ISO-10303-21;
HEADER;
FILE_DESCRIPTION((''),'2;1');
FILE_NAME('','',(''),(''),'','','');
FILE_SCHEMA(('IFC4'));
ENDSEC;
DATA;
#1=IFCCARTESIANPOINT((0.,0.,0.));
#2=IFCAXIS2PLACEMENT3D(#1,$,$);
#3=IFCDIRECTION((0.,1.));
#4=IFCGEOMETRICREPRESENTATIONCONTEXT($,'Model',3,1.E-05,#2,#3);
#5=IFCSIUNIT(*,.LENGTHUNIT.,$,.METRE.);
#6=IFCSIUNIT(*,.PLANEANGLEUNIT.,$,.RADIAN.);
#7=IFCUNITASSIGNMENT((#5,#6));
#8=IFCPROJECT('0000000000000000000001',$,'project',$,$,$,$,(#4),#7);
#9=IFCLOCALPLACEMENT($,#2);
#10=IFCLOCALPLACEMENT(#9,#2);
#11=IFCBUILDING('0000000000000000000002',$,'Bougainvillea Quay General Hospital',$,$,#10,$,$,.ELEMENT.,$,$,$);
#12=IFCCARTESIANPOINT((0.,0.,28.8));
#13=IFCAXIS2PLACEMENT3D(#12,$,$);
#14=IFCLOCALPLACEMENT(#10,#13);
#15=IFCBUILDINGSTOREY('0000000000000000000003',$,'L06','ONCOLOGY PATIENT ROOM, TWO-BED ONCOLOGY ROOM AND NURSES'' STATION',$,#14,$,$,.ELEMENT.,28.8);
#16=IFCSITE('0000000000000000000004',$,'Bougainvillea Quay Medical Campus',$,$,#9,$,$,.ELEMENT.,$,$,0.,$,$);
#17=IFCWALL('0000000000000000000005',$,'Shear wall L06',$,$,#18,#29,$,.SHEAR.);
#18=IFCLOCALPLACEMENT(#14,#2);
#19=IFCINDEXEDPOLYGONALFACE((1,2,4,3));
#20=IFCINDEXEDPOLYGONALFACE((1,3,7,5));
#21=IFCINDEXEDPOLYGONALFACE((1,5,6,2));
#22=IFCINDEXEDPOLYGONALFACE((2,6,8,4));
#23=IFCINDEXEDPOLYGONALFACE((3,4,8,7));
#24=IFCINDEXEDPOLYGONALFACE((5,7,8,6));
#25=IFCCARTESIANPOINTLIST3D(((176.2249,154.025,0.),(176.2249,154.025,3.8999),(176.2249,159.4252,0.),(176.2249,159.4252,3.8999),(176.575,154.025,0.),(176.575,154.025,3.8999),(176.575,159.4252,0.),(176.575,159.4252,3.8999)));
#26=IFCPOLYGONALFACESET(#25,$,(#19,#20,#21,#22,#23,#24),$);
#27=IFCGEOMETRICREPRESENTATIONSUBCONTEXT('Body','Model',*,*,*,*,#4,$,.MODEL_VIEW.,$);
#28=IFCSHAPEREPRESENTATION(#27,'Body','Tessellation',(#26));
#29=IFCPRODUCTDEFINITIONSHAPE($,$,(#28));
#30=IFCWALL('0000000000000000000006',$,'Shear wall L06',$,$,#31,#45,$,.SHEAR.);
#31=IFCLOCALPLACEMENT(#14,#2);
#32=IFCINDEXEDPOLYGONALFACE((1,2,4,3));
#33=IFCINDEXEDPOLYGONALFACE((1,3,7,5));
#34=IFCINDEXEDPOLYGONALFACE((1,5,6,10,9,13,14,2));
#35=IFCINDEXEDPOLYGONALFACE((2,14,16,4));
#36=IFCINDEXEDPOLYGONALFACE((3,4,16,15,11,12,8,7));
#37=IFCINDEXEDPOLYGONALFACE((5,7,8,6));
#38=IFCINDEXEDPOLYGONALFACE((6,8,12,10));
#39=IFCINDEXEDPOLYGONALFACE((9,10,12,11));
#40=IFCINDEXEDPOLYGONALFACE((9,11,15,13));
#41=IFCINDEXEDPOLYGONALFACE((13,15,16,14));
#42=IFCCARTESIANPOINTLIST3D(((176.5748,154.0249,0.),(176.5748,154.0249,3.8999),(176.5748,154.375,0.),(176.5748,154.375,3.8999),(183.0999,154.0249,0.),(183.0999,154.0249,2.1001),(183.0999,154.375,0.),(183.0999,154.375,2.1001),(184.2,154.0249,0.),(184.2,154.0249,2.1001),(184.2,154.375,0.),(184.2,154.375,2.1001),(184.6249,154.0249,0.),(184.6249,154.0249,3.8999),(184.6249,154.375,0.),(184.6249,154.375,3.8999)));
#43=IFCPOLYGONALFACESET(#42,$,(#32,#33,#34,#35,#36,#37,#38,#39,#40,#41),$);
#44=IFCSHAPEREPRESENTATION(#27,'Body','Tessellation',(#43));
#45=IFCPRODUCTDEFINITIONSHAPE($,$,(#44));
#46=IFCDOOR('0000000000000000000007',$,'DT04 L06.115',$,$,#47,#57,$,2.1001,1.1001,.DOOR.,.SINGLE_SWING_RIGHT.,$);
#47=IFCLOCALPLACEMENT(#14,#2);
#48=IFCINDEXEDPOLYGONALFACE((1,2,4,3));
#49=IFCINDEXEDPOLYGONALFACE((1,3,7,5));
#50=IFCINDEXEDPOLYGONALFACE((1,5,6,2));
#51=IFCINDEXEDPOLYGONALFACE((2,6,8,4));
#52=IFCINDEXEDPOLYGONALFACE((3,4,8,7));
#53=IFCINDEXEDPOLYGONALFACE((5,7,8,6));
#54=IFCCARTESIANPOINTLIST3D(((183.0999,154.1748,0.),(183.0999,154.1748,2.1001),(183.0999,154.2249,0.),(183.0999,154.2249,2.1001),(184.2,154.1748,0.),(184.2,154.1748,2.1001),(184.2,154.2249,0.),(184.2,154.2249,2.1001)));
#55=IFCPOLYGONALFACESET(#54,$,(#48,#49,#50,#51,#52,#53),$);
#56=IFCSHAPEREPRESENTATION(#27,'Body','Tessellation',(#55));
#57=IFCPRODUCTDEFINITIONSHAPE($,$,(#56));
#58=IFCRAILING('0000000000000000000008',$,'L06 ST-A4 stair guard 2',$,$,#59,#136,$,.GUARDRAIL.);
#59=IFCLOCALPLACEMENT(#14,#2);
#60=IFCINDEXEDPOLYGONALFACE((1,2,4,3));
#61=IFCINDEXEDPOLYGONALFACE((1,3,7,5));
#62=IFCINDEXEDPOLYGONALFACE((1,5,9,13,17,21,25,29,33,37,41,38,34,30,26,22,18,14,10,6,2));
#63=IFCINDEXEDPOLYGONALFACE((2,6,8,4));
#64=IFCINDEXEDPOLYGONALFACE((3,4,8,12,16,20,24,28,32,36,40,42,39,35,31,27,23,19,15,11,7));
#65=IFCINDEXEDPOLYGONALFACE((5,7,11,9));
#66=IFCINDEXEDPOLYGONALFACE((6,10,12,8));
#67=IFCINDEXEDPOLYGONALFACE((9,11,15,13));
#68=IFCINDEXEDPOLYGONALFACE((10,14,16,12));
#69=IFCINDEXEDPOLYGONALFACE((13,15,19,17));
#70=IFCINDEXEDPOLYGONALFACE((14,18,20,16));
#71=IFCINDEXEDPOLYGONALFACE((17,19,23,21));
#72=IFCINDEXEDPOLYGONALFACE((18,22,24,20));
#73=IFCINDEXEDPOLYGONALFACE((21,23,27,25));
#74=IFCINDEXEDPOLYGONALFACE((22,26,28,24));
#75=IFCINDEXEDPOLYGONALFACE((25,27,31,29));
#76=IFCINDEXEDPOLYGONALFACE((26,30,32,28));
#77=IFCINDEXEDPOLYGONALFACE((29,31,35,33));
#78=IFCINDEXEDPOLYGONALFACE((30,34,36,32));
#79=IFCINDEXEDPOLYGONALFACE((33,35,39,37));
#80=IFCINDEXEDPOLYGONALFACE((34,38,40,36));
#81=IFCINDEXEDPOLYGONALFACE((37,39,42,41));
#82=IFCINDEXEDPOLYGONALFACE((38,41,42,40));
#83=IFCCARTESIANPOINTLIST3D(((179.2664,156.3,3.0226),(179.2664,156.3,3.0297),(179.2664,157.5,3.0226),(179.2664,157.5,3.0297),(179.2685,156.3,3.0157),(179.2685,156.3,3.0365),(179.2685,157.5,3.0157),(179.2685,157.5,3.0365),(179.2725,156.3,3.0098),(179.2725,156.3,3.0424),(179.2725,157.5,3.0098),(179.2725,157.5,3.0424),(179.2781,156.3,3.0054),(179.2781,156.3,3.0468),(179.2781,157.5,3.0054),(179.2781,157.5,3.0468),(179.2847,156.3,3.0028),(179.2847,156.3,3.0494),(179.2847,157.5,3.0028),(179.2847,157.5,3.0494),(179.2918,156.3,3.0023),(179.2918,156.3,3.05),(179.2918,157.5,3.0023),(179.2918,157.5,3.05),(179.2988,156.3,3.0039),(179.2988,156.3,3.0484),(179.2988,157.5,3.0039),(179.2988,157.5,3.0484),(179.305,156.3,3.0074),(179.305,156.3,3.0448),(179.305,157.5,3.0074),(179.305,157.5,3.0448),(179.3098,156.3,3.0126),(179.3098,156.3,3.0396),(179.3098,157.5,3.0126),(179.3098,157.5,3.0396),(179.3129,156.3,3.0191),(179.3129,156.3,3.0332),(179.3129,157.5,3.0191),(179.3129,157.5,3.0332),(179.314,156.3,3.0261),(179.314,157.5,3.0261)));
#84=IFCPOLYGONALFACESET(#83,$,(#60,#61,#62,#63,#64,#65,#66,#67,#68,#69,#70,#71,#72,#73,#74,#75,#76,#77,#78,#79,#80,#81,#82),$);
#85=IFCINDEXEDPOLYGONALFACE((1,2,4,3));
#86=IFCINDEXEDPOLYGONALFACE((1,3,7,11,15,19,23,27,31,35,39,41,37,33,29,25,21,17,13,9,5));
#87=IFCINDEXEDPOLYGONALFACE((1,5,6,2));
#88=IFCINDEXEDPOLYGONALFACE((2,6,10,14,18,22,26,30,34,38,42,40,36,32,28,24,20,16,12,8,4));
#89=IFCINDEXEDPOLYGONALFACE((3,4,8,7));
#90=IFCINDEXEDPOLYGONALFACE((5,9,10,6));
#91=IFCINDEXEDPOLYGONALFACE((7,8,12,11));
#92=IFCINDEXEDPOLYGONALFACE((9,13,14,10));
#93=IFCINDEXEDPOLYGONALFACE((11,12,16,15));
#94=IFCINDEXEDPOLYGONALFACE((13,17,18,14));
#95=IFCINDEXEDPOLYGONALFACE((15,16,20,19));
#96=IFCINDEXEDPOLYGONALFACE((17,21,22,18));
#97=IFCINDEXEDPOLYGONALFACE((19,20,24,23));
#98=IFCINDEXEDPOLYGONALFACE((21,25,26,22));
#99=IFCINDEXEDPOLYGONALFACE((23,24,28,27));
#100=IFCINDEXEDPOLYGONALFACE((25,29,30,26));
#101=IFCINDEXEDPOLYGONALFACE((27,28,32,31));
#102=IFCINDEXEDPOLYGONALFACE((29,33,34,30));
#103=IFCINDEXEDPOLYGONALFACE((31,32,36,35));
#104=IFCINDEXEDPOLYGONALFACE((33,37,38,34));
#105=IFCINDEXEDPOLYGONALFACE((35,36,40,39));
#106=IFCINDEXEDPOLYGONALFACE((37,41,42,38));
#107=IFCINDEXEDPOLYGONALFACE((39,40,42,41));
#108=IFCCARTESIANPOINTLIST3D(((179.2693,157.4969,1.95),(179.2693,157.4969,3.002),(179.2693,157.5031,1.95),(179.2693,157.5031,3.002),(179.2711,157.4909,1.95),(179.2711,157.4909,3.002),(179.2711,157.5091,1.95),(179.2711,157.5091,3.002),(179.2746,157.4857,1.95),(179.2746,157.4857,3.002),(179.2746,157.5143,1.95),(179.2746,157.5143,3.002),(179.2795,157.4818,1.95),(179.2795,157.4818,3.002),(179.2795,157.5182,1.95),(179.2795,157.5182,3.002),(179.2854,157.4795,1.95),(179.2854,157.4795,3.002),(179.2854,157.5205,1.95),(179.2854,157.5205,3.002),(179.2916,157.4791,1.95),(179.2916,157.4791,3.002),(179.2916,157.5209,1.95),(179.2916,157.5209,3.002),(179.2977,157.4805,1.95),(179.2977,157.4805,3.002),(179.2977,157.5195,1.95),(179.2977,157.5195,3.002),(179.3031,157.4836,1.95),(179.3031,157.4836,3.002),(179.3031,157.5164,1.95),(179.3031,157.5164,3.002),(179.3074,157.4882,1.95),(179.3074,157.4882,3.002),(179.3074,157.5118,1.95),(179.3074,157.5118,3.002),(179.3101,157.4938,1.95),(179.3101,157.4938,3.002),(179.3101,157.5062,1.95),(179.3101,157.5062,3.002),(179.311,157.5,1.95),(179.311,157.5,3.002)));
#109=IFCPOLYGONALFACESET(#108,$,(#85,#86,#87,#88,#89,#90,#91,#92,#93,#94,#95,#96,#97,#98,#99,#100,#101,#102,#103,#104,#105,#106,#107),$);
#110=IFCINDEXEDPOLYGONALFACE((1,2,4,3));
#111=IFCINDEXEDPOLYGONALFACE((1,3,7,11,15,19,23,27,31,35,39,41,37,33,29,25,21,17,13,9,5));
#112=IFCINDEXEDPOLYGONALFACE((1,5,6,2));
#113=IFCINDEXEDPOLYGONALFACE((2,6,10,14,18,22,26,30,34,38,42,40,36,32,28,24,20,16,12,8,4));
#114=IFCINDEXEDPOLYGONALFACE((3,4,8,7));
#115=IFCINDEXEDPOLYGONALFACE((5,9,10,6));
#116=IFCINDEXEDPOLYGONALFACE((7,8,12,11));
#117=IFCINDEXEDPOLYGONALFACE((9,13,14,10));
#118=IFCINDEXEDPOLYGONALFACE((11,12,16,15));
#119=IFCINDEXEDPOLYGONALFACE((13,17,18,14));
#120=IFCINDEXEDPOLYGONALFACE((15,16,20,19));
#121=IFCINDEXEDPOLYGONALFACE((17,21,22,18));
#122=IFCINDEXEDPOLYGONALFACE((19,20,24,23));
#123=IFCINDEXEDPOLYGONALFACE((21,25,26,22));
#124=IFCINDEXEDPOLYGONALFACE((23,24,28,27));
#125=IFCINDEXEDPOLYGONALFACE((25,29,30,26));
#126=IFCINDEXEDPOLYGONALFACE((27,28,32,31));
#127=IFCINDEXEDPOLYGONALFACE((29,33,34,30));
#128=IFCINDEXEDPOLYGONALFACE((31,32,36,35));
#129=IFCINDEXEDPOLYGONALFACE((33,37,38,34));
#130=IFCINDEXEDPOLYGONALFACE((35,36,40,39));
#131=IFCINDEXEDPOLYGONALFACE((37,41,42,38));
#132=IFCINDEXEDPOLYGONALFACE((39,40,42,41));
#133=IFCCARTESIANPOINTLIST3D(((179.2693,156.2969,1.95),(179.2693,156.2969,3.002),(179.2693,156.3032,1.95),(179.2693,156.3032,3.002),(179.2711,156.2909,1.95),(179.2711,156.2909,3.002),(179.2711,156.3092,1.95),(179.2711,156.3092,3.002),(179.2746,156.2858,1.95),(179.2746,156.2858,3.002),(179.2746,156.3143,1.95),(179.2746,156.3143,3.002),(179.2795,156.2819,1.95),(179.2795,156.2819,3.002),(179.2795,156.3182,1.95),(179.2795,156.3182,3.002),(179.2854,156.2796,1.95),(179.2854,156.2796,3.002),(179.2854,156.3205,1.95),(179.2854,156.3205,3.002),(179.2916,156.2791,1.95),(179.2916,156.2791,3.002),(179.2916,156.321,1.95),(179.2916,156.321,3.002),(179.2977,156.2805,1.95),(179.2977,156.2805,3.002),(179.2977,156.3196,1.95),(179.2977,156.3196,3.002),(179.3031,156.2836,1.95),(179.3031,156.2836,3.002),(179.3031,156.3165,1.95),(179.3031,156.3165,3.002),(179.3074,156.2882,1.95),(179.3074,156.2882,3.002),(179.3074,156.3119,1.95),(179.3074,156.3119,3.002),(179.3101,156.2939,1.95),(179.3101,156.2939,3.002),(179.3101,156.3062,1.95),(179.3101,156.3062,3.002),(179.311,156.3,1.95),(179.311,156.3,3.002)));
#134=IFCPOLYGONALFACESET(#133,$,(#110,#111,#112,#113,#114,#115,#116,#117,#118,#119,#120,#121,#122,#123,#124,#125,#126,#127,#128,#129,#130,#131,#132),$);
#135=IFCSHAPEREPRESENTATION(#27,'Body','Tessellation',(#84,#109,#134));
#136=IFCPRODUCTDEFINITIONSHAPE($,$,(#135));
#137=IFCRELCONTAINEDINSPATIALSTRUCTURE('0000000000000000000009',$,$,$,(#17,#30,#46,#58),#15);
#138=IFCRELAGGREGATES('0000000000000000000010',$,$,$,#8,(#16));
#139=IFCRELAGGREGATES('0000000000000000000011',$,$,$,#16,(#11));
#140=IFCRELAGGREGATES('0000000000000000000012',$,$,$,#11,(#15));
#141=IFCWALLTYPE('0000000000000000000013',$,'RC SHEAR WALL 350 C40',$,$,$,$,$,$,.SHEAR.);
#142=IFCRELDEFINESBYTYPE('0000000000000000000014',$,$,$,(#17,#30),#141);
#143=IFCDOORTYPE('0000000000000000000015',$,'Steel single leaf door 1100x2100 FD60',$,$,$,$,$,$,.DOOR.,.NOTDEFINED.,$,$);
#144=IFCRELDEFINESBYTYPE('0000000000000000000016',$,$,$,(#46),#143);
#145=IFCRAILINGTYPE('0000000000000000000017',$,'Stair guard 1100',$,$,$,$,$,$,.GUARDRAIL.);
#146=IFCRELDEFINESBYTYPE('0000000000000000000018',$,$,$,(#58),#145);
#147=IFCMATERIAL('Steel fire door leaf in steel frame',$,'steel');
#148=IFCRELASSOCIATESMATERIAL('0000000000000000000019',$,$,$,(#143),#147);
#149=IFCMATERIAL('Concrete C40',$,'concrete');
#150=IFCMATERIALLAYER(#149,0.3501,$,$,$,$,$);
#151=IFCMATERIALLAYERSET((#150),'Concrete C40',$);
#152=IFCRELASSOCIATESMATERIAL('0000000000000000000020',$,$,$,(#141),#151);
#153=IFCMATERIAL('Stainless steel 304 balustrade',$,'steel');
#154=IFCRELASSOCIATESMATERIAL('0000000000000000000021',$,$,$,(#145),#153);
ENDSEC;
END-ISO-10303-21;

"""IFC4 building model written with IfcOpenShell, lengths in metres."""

from ifc_helpers import new_model, si_unit, direction, frame, frame_2d, origin, origin_2d, place, context, subcontext, project, spatial, rectangle, circle, extrude, material, layer, layer_set, type_object, element, fill, save


model = new_model("IFC4")

# Units and contexts
model_context = context("Model", 3, precision=1e-05, world=origin(), true_north=direction((0.0, 1.0)))
body_context = subcontext(model_context, "Body", "Model", "MODEL_VIEW")
ifc_project = project(units=[si_unit("LENGTHUNIT", "METRE"), si_unit("PLANEANGLEUNIT", "RADIAN")], contexts=[model_context])

# Site, building, storey
site_placement = place(None, origin())
site = spatial("IfcSite", under=ifc_project, at=site_placement, Name="Bougainvillea Quay Medical Campus", CompositionType="ELEMENT", RefElevation=0.0)
building_placement = place(site_placement, origin())
building = spatial("IfcBuilding", under=site, at=building_placement, Name="Bougainvillea Quay General Hospital", CompositionType="ELEMENT")
storey_placement = place(building_placement, frame((0.0, 0.0, 28.8)))
storey = spatial("IfcBuildingStorey", under=building, at=storey_placement, Name="L06", Description="ONCOLOGY PATIENT ROOM, TWO-BED ONCOLOGY ROOM AND NURSES' STATION", CompositionType="ELEMENT", Elevation=28.8)

# Shared definitions
ifc_material_1 = material(Name="Concrete C40", Category="concrete")

# Shared definitions
ifc_material_2 = material(Name="Steel fire door leaf in steel frame", Category="steel")
door_type_1 = type_object("IfcDoorType", Name="Steel single leaf door 1100x2100 FD60", OperationType="NOTDEFINED", PredefinedType="DOOR", material=ifc_material_2)

# Wall
ifc_layer_1 = layer(ifc_material_1, 0.3501)
ifc_layer_set_1 = layer_set([ifc_layer_1], Name="Concrete C40")
wall_type_1 = type_object("IfcWallType", Name="RC SHEAR WALL 350 C40", PredefinedType="SHEAR", material=ifc_layer_set_1)
wall_1_placement = place(storey_placement, frame((176.3999, 154.0249, 0.0), z_axis=(0.0, 0.0, 1.0), x_axis=(0.0, 1.0, 0.0)))
element("IfcWall", 1, at=wall_1_placement, inside=storey, type_object=wall_type_1, Name="Shear wall L06", PredefinedType="SHEAR", context=body_context, shape_type="SweptSolid", body=[
    extrude(rectangle(XDim=5.4001, YDim=0.3501, at=frame_2d((2.7002, 0.0))), origin(), (0.0, 0.0, 1.0), 3.8999),
])

# Wall, opening, door
wall_2_placement = place(storey_placement, frame((176.575, 154.2, 0.0), z_axis=(0.0, 0.0, 1.0), x_axis=(1.0, 0.0, 0.0)))
wall_2 = element("IfcWall", 2, at=wall_2_placement, inside=storey, type_object=wall_type_1, Name="Shear wall L06", PredefinedType="SHEAR", context=body_context, shape_type="SweptSolid", body=[
    extrude(rectangle(XDim=8.05, YDim=0.3501, at=frame_2d((4.0249, 0.0))), origin(), (0.0, 0.0, 1.0), 3.8999),
])
opening_1_placement = place(wall_2_placement, frame((6.5249, 0.0, 0.0)))
opening_1 = element("IfcOpeningElement", 3, at=opening_1_placement, cuts=wall_2, PredefinedType="OPENING", context=body_context, shape_type="SweptSolid", body=[
    extrude(rectangle(XDim=1.1001, YDim=2.1001, at=frame_2d((0.55, 1.05))), frame((0.0, 0.1851, 0.0), z_axis=(0.0, -1.0, 0.0), x_axis=(1.0, 0.0, 0.0)), (0.0, 0.0, 1.0), 0.3701),
])
door_1_placement = place(opening_1_placement, origin())
door_1 = element("IfcDoor", 4, at=door_1_placement, inside=storey, type_object=door_type_1, Name="DT04 L06.115", OperationType="SINGLE_SWING_RIGHT", OverallHeight=2.1001, OverallWidth=1.1001, PredefinedType="DOOR", context=body_context, shape_type="SweptSolid", body=[
    extrude(rectangle(XDim=1.1001, YDim=2.1001, at=frame_2d((0.55, 1.05))), frame((0.0, 0.0249, 0.0), z_axis=(0.0, -1.0, 0.0), x_axis=(1.0, 0.0, 0.0)), (0.0, 0.0, 1.0), 0.05),
])
fill(opening_1, door_1)

# Railing
ifc_material_3 = material(Name="Stainless steel 304 balustrade", Category="steel")
railing_type_1 = type_object("IfcRailingType", Name="Stair guard 1100", PredefinedType="GUARDRAIL", material=ifc_material_3)
railing_1_placement = place(storey_placement, frame((179.29, 157.5, 1.95)))
element("IfcRailing", 5, at=railing_1_placement, inside=storey, type_object=railing_type_1, Name="L06 ST-A4 stair guard 2", PredefinedType="GUARDRAIL", context=body_context, shape_type="SweptSolid", body=[
    extrude(circle(Radius=0.0239, at=origin_2d()), frame((0.0, 0.0, 1.0762), z_axis=(0.0, -1.0, 0.0), x_axis=(1.0, 0.0, 0.0)), (0.0, 0.0, 1.0), 1.2),
    extrude(circle(Radius=0.021, at=origin_2d()), origin(), (0.0, 0.0, 1.0), 1.052),
    extrude(circle(Radius=0.021, at=origin_2d()), frame((0.0, -1.2, 0.0)), (0.0, 0.0, 1.0), 1.052),
])

save(model, "model.ifc")
